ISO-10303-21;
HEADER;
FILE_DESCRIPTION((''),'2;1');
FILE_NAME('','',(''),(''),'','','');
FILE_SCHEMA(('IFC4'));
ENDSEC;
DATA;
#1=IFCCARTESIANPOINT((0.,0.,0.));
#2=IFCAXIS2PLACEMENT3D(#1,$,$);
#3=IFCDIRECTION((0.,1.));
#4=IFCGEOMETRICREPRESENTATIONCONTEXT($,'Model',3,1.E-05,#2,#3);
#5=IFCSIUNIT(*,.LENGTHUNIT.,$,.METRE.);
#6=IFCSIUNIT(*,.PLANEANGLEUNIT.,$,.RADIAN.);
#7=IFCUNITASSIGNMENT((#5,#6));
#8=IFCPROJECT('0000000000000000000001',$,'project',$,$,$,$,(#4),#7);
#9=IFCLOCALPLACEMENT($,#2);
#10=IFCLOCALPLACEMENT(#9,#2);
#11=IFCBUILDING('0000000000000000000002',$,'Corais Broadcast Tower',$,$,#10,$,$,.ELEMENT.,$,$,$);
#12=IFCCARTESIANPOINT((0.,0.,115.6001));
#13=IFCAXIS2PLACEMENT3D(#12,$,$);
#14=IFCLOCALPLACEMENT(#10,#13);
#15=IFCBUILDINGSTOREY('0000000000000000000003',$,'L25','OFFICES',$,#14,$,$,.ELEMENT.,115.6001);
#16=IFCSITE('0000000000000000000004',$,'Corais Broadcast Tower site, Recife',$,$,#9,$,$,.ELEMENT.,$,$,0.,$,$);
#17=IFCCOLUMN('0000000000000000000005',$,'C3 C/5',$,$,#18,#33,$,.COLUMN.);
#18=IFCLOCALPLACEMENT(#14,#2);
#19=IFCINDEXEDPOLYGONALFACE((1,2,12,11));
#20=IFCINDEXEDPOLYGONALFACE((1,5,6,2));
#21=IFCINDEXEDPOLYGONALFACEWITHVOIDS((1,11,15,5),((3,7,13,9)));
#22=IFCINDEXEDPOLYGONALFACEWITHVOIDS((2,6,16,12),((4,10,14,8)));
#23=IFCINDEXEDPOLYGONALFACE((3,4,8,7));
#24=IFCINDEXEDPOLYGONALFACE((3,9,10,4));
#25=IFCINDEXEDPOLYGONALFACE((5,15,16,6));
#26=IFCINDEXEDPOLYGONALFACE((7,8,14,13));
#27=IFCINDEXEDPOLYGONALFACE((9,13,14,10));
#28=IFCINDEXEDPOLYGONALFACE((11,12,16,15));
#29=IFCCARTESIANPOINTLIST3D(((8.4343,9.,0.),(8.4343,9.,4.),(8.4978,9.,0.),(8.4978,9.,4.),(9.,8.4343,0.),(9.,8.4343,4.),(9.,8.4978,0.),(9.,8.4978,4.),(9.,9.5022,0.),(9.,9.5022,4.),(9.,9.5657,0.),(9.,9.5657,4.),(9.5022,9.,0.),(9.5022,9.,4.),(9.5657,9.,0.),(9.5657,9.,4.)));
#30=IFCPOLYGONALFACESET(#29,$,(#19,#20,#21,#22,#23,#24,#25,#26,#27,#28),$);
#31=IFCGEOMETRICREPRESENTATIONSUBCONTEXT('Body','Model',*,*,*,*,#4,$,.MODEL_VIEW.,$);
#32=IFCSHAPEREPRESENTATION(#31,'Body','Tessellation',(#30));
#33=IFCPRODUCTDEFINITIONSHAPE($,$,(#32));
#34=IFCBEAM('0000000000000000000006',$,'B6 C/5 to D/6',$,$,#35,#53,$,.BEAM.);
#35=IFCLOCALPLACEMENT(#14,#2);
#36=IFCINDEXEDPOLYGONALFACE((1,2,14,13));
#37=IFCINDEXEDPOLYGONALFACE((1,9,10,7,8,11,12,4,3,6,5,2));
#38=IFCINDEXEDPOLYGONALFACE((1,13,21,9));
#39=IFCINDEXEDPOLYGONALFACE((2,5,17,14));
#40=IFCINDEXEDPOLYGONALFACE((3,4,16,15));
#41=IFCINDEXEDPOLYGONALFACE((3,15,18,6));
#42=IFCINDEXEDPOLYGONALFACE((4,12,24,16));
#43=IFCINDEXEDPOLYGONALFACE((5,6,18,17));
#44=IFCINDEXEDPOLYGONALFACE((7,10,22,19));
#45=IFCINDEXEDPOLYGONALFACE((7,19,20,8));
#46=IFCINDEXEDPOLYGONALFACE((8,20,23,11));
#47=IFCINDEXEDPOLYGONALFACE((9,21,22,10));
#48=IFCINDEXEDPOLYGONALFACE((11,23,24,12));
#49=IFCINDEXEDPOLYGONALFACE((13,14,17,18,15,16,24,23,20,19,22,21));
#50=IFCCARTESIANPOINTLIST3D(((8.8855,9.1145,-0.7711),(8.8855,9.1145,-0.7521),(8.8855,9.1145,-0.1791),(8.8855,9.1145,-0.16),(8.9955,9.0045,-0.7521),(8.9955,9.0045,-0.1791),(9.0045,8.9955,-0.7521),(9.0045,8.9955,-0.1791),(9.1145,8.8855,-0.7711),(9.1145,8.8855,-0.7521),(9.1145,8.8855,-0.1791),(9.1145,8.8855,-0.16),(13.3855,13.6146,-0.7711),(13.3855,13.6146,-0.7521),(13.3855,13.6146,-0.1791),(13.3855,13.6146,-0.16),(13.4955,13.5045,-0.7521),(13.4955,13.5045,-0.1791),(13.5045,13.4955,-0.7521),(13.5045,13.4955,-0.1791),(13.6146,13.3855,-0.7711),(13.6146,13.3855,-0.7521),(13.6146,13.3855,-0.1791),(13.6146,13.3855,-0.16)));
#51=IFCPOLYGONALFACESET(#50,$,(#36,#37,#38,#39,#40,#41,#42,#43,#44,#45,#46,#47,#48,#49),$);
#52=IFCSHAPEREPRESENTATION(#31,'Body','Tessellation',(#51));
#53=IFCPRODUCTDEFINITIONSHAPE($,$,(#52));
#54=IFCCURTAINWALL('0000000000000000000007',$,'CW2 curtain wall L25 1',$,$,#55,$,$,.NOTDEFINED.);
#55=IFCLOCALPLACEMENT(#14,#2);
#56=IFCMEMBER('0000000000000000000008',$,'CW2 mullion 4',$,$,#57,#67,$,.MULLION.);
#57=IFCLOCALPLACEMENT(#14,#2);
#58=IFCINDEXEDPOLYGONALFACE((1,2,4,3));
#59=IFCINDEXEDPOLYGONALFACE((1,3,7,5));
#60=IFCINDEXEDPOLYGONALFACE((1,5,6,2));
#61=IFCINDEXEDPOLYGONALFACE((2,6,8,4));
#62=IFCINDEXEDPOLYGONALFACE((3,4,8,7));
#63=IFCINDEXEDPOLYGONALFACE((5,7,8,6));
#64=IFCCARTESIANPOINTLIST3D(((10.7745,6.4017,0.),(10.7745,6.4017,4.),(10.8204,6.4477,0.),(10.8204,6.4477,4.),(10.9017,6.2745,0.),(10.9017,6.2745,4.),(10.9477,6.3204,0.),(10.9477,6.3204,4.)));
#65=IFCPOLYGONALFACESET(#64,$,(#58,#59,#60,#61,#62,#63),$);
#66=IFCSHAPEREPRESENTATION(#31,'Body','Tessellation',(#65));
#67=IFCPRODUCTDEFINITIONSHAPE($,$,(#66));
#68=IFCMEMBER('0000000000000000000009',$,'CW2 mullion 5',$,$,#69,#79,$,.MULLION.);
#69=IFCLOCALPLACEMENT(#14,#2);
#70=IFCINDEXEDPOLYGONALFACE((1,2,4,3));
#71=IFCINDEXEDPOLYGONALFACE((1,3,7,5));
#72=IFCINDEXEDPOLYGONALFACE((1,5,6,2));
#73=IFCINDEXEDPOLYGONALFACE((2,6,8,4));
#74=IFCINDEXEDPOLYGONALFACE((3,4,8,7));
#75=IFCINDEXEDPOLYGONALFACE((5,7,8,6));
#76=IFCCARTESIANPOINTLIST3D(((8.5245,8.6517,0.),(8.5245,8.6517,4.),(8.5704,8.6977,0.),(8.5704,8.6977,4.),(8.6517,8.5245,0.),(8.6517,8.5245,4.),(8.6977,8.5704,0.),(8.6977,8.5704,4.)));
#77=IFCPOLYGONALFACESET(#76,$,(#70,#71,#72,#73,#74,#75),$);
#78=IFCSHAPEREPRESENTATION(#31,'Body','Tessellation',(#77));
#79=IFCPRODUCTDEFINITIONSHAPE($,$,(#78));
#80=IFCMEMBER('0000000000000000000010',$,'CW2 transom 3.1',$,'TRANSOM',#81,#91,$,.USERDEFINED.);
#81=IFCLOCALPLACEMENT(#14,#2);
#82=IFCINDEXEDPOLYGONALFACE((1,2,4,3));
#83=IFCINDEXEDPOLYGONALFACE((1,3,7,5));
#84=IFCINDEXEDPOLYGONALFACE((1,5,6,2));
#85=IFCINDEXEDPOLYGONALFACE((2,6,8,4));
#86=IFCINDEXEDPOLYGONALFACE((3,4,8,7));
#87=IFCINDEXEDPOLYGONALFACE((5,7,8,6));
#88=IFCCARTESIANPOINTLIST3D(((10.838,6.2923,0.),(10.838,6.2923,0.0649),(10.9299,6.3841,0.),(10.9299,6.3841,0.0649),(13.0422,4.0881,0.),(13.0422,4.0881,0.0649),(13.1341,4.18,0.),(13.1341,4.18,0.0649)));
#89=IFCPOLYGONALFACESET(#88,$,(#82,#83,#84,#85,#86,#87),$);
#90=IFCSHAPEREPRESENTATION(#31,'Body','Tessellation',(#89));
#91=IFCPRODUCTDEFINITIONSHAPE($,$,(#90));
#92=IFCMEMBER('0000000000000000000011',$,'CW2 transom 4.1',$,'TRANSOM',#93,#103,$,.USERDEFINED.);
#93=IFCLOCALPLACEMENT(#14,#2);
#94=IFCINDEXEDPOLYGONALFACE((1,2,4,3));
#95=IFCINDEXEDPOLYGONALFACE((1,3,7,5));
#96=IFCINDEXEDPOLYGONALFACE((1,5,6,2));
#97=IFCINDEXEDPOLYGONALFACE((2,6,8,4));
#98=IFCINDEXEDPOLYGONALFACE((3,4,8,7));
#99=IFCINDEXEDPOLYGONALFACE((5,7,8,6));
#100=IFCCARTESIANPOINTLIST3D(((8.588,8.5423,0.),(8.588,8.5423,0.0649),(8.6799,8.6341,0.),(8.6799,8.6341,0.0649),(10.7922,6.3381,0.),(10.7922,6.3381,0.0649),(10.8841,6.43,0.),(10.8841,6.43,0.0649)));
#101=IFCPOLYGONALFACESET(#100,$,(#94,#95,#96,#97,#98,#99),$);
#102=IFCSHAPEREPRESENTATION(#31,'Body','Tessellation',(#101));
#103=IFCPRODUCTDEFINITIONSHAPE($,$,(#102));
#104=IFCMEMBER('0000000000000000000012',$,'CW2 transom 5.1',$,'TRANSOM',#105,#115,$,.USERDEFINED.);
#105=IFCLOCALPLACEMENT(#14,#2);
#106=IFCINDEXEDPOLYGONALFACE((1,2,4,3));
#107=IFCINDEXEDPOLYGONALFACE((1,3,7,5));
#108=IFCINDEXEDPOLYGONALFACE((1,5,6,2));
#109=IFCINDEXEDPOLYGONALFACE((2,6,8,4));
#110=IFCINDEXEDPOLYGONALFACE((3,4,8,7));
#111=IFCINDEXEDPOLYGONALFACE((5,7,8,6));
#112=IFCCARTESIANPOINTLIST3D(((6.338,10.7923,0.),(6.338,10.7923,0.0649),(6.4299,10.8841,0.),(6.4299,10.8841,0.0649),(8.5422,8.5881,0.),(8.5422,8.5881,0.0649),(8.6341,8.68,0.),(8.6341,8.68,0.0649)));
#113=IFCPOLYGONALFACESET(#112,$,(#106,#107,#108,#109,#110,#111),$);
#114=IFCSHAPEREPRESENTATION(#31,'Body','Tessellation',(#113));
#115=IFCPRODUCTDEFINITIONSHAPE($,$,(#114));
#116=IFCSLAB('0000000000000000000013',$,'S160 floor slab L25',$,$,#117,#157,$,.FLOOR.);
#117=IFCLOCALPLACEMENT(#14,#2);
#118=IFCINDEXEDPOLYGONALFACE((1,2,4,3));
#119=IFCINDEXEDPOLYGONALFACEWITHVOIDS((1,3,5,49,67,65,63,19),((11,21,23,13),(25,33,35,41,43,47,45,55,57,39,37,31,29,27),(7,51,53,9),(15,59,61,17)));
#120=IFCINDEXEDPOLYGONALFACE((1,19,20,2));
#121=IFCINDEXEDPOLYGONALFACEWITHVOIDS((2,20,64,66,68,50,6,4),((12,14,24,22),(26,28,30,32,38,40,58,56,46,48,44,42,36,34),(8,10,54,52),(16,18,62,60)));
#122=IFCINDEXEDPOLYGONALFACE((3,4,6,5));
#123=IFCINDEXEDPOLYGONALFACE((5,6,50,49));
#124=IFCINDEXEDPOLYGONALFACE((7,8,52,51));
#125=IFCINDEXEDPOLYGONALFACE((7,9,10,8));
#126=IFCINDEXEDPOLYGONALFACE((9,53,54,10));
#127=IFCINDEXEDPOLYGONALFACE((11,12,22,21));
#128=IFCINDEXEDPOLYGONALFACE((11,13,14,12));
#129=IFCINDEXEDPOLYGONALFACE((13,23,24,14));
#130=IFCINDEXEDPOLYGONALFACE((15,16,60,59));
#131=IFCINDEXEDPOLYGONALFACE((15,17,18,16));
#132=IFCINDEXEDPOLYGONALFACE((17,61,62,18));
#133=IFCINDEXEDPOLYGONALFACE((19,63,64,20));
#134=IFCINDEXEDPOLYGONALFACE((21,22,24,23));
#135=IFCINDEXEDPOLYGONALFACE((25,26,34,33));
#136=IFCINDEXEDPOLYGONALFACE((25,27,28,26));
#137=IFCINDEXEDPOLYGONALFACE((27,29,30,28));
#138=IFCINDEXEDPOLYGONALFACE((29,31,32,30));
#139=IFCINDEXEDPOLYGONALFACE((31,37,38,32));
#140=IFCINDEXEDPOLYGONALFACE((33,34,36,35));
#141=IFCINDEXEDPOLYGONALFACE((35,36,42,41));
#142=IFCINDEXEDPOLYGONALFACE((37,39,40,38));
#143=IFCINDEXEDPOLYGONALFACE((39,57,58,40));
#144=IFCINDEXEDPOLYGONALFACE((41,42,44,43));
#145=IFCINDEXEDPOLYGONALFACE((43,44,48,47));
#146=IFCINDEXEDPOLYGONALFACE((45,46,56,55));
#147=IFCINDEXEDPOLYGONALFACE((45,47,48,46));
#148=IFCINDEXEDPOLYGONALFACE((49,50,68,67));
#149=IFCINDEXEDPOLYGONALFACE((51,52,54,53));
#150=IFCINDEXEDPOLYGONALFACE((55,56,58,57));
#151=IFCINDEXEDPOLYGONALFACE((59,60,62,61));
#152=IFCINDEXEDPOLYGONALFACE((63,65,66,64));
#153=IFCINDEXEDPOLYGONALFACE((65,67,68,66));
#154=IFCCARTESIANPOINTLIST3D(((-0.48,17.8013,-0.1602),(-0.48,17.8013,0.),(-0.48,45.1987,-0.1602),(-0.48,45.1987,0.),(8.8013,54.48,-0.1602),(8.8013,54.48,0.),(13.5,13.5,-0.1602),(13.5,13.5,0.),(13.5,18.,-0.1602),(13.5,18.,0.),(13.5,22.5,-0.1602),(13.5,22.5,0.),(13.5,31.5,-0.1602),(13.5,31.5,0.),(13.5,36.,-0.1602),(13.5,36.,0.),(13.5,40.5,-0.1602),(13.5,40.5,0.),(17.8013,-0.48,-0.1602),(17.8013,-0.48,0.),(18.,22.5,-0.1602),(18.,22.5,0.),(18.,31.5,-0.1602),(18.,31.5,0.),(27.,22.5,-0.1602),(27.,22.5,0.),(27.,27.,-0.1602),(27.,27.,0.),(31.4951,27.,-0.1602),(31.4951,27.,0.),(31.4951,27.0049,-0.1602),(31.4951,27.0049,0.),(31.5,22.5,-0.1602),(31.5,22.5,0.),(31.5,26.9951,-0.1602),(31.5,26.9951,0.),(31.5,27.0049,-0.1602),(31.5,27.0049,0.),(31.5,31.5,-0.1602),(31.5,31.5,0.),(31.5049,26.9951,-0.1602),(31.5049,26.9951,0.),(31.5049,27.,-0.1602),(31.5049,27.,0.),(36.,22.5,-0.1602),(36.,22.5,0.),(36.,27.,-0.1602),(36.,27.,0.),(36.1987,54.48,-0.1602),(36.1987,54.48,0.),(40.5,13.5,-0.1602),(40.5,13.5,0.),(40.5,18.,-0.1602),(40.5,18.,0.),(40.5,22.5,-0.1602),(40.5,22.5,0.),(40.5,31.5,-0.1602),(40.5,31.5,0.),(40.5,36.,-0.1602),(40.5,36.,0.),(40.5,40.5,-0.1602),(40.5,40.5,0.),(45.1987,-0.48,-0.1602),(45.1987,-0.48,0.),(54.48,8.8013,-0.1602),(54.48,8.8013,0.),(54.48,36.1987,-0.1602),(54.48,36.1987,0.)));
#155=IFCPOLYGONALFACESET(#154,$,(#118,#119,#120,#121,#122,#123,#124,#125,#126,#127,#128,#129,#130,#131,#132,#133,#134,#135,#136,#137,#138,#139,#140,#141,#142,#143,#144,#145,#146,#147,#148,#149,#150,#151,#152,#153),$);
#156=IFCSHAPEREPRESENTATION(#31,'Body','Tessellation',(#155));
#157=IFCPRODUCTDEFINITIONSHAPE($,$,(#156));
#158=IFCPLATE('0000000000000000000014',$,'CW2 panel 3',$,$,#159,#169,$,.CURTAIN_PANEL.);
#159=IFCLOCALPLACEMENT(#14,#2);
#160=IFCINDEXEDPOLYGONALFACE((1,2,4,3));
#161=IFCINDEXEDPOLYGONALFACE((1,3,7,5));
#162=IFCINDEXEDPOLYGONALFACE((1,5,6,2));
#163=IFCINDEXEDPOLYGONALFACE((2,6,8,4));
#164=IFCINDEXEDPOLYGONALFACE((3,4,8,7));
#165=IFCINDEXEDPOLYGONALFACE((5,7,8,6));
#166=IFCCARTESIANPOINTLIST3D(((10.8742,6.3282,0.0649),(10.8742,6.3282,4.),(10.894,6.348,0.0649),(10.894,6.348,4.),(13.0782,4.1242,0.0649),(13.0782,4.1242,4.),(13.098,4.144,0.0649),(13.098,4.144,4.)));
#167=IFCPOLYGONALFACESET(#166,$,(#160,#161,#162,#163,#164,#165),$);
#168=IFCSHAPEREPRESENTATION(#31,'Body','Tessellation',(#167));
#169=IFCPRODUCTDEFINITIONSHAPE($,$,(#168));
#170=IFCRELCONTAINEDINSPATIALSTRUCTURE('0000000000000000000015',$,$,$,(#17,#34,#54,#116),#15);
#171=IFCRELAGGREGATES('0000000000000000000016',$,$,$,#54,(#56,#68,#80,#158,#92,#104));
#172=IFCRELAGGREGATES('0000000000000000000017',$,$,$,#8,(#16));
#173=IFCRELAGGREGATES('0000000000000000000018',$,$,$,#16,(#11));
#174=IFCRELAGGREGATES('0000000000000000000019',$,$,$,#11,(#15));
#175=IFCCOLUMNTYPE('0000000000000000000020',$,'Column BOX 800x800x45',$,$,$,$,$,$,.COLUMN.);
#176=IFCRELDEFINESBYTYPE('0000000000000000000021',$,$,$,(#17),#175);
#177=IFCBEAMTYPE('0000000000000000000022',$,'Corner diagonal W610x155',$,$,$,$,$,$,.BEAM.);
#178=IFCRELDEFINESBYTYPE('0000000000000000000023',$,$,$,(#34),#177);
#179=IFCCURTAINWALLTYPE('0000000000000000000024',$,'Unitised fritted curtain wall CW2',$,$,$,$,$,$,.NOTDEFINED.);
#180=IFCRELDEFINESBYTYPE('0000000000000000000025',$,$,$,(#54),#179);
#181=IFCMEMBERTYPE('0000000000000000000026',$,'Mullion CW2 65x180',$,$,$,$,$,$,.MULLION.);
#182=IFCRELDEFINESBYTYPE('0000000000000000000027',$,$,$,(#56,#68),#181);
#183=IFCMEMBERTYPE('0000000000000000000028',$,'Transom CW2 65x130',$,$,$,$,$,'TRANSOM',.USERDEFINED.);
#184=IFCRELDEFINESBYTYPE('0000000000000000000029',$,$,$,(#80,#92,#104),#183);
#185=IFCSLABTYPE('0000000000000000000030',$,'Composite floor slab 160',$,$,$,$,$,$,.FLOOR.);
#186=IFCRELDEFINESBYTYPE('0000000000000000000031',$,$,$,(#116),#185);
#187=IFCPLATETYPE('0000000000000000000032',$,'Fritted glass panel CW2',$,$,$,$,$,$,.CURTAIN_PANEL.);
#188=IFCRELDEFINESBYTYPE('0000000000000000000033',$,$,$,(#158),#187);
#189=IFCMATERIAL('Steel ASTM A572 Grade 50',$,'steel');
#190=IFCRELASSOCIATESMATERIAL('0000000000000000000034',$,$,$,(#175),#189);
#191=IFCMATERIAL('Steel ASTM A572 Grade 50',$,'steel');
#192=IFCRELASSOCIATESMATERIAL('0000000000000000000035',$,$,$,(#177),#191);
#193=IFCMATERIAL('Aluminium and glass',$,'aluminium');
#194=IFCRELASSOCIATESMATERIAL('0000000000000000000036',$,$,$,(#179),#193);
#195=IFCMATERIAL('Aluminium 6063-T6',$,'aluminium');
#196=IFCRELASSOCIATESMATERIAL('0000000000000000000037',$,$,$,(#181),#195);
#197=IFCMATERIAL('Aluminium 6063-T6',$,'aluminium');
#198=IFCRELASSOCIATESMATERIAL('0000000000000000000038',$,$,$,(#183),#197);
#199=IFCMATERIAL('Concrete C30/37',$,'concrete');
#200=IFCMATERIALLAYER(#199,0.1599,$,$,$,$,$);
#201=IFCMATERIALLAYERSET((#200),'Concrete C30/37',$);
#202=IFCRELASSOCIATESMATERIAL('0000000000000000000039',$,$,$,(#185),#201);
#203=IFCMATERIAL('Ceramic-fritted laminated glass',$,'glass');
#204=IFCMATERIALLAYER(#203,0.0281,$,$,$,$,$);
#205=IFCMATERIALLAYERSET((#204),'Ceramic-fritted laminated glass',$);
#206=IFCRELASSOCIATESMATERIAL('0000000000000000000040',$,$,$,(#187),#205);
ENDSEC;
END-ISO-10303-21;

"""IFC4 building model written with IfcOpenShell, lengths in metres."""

from ifc_helpers import new_model, si_unit, direction, frame, origin, origin_2d, place, context, subcontext, project, spatial, polyline, rectangle, hollow_rectangle, i_section, outline, extrude, material, layer, layer_set, material_profile, profile_set, type_object, element, aggregate, save


model = new_model("IFC4")

# Units and contexts
model_context = context("Model", 3, precision=1e-05, world=origin(), true_north=direction((0.0, 1.0)))
body_context = subcontext(model_context, "Body", "Model", "MODEL_VIEW")
ifc_project = project(units=[si_unit("LENGTHUNIT", "METRE"), si_unit("PLANEANGLEUNIT", "RADIAN")], contexts=[model_context])

# Site, building, storey
site_placement = place(None, origin())
site = spatial("IfcSite", under=ifc_project, at=site_placement, Name="Corais Broadcast Tower site, Recife", CompositionType="ELEMENT", RefElevation=0.0)
building_placement = place(site_placement, origin())
building = spatial("IfcBuilding", under=site, at=building_placement, Name="Corais Broadcast Tower", CompositionType="ELEMENT")
storey_placement = place(building_placement, frame((0.0, 0.0, 115.6001)))
storey = spatial("IfcBuildingStorey", under=building, at=storey_placement, Name="L25", Description="OFFICES", CompositionType="ELEMENT", Elevation=115.6001)

# Column
ifc_material_1 = material(Name="Steel ASTM A572 Grade 50", Category="steel")
ifc_material_profile_1 = material_profile(ifc_material_1, hollow_rectangle(XDim=0.8, YDim=0.8, WallThickness=0.0449, at=origin_2d()), Name="BOX 800x800x45")
ifc_profile_set_1 = profile_set([ifc_material_profile_1], Name="Steel ASTM A572 Grade 50")
column_type = type_object("IfcColumnType", Name="Column BOX 800x800x45", PredefinedType="COLUMN", material=ifc_profile_set_1)
column_placement = place(storey_placement, frame((9.0, 9.0, 0.0), z_axis=(0.0, 0.0, 1.0), x_axis=(0.707107, 0.707107, 0.0)))
element("IfcColumn", 1, at=column_placement, inside=storey, type_object=column_type, Name="C3 C/5", PredefinedType="COLUMN", context=body_context, shape_type="SweptSolid", body=[
    extrude(hollow_rectangle(XDim=0.8, YDim=0.8, WallThickness=0.0449, at=origin_2d()), origin(), (0.0, 0.0, 1.0), 4.0),
])

# Beam
ifc_material_2 = material(Name="Steel ASTM A572 Grade 50", Category="steel")
ifc_material_profile_2 = material_profile(ifc_material_2, i_section(OverallWidth=0.324, OverallDepth=0.6111, WebThickness=0.0127, FlangeThickness=0.019, at=origin_2d()), Name="W610x155")
ifc_profile_set_2 = profile_set([ifc_material_profile_2], Name="Steel ASTM A572 Grade 50")
beam_type = type_object("IfcBeamType", Name="Corner diagonal W610x155", PredefinedType="BEAM", material=ifc_profile_set_2)
beam_placement = place(storey_placement, frame((9.0, 9.0, -0.4656), z_axis=(0.707107, 0.707107, 0.0), x_axis=(-0.707107, 0.707107, 0.0)))
element("IfcBeam", 2, at=beam_placement, inside=storey, type_object=beam_type, Name="B6 C/5 to D/6", PredefinedType="BEAM", context=body_context, shape_type="SweptSolid", body=[
    extrude(i_section(OverallWidth=0.324, OverallDepth=0.6111, WebThickness=0.0127, FlangeThickness=0.019, at=origin_2d()), origin(), (0.0, 0.0, 1.0), 6.364),
])

# Curtain wall, members
ifc_material_3 = material(Name="Aluminium and glass", Category="aluminium")
curtain_wall_type = type_object("IfcCurtainWallType", Name="Unitised fritted curtain wall CW2", PredefinedType="NOTDEFINED", material=ifc_material_3)
curtain_wall_placement = place(storey_placement, origin())
curtain_wall = element("IfcCurtainWall", 3, at=curtain_wall_placement, inside=storey, type_object=curtain_wall_type, Name="CW2 curtain wall L25 1", PredefinedType="NOTDEFINED")
ifc_material_4 = material(Name="Aluminium 6063-T6", Category="aluminium")
ifc_material_profile_3 = material_profile(ifc_material_4, rectangle(XDim=0.0649, YDim=0.1799, at=origin_2d()), Name="Mullion CW2 65x180")
ifc_profile_set_3 = profile_set([ifc_material_profile_3], Name="Aluminium 6063-T6")
member_type_1 = type_object("IfcMemberType", Name="Mullion CW2 65x180", PredefinedType="MULLION", material=ifc_profile_set_3)
member_1_placement = place(storey_placement, frame((10.8611, 6.3611, 0.0), z_axis=(0.0, 0.0, 1.0), x_axis=(-0.707107, -0.707107, 0.0)))
member_1 = element("IfcMember", 4, at=member_1_placement, type_object=member_type_1, Name="CW2 mullion 4", PredefinedType="MULLION", context=body_context, shape_type="SweptSolid", body=[
    extrude(rectangle(XDim=0.0649, YDim=0.1799, at=origin_2d()), origin(), (0.0, 0.0, 1.0), 4.0),
])
member_2_placement = place(storey_placement, frame((8.6111, 8.6111, 0.0), z_axis=(0.0, 0.0, 1.0), x_axis=(-0.707107, -0.707107, 0.0)))
member_2 = element("IfcMember", 5, at=member_2_placement, type_object=member_type_1, Name="CW2 mullion 5", PredefinedType="MULLION", context=body_context, shape_type="SweptSolid", body=[
    extrude(rectangle(XDim=0.0649, YDim=0.1799, at=origin_2d()), origin(), (0.0, 0.0, 1.0), 4.0),
])
ifc_material_5 = material(Name="Aluminium 6063-T6", Category="aluminium")
ifc_material_profile_4 = material_profile(ifc_material_5, rectangle(XDim=0.1299, YDim=0.0649, at=origin_2d()), Name="Transom CW2 65x130")
ifc_profile_set_4 = profile_set([ifc_material_profile_4], Name="Aluminium 6063-T6")
member_type_2 = type_object("IfcMemberType", Name="Transom CW2 65x130", ElementType="TRANSOM", PredefinedType="USERDEFINED", material=ifc_profile_set_4)
member_3_placement = place(storey_placement, frame((13.0881, 4.134, 0.0325), z_axis=(-0.707107, 0.707107, 0.0), x_axis=(-0.707107, -0.707107, 0.0)))
member_3 = element("IfcMember", 6, at=member_3_placement, type_object=member_type_2, Name="CW2 transom 3.1", ObjectType="TRANSOM", PredefinedType="USERDEFINED", context=body_context, shape_type="SweptSolid", body=[
    extrude(rectangle(XDim=0.1299, YDim=0.0649, at=origin_2d()), origin(), (0.0, 0.0, 1.0), 3.1172),
])
member_4_placement = place(storey_placement, frame((10.8381, 6.384, 0.0325), z_axis=(-0.707107, 0.707107, 0.0), x_axis=(-0.707107, -0.707107, 0.0)))
member_4 = element("IfcMember", 7, at=member_4_placement, type_object=member_type_2, Name="CW2 transom 4.1", ObjectType="TRANSOM", PredefinedType="USERDEFINED", context=body_context, shape_type="SweptSolid", body=[
    extrude(rectangle(XDim=0.1299, YDim=0.0649, at=origin_2d()), origin(), (0.0, 0.0, 1.0), 3.1172),
])
member_5_placement = place(storey_placement, frame((8.5881, 8.634, 0.0325), z_axis=(-0.707107, 0.707107, 0.0), x_axis=(-0.707107, -0.707107, 0.0)))
member_5 = element("IfcMember", 8, at=member_5_placement, type_object=member_type_2, Name="CW2 transom 5.1", ObjectType="TRANSOM", PredefinedType="USERDEFINED", context=body_context, shape_type="SweptSolid", body=[
    extrude(rectangle(XDim=0.1299, YDim=0.0649, at=origin_2d()), origin(), (0.0, 0.0, 1.0), 3.1172),
])

# Slab
ifc_material_6 = material(Name="Concrete C30/37", Category="concrete")
ifc_layer_1 = layer(ifc_material_6, 0.1599)
ifc_layer_set_1 = layer_set([ifc_layer_1], Name="Concrete C30/37")
slab_type_1 = type_object("IfcSlabType", Name="Composite floor slab 160", PredefinedType="FLOOR", material=ifc_layer_set_1)
slab_1_placement = place(storey_placement, frame((0.0, 0.0, -0.1602)))
element("IfcSlab", 9, at=slab_1_placement, inside=storey, type_object=slab_type_1, Name="S160 floor slab L25", PredefinedType="FLOOR", context=body_context, shape_type="SweptSolid", body=[
    extrude(outline(polyline([(17.8013, -0.48), (-0.48, 17.8013), (-0.48, 45.1987), (8.8013, 54.48), (36.1987, 54.48), (54.48, 36.1987), (54.48, 8.8013), (45.1987, -0.48), (17.8013, -0.48)]), holes=[polyline([(13.5, 18.0), (40.5, 18.0), (40.5, 13.5), (13.5, 13.5), (13.5, 18.0)]), polyline([(13.5, 22.5), (13.5, 31.5), (18.0, 31.5), (18.0, 22.5), (13.5, 22.5)]), polyline([(13.5, 40.5), (40.5, 40.5), (40.5, 36.0), (13.5, 36.0), (13.5, 40.5)]), polyline([(27.0, 22.5), (27.0, 27.0), (31.4951, 27.0), (31.4951, 27.0049), (31.5, 27.0049), (31.5, 31.5), (40.5, 31.5), (40.5, 22.5), (36.0, 22.5), (36.0, 27.0), (31.5049, 27.0), (31.5049, 26.9951), (31.5, 26.9951), (31.5, 22.5), (27.0, 22.5)])]), origin(), (0.0, 0.0, 1.0), 0.1602),
])

# Plate
ifc_material_7 = material(Name="Ceramic-fritted laminated glass", Category="glass")
ifc_layer_2 = layer(ifc_material_7, 0.0281)
ifc_layer_set_2 = layer_set([ifc_layer_2], Name="Ceramic-fritted laminated glass")
plate_type_1 = type_object("IfcPlateType", Name="Fritted glass panel CW2", PredefinedType="CURTAIN_PANEL", material=ifc_layer_set_2)
plate_1_placement = place(storey_placement, frame((11.9861, 5.2361, 0.0649), z_axis=(0.0, 0.0, 1.0), x_axis=(-0.707107, 0.707107, 0.0)))
plate_1 = element("IfcPlate", 10, at=plate_1_placement, type_object=plate_type_1, Name="CW2 panel 3", PredefinedType="CURTAIN_PANEL", context=body_context, shape_type="SweptSolid", body=[
    extrude(rectangle(XDim=3.1169, YDim=0.0281, at=origin_2d()), origin(), (0.0, 0.0, 1.0), 3.9351),
])
aggregate(curtain_wall, [member_1, member_2, member_3, plate_1, member_4, member_5])

save(model, "model.ifc")
